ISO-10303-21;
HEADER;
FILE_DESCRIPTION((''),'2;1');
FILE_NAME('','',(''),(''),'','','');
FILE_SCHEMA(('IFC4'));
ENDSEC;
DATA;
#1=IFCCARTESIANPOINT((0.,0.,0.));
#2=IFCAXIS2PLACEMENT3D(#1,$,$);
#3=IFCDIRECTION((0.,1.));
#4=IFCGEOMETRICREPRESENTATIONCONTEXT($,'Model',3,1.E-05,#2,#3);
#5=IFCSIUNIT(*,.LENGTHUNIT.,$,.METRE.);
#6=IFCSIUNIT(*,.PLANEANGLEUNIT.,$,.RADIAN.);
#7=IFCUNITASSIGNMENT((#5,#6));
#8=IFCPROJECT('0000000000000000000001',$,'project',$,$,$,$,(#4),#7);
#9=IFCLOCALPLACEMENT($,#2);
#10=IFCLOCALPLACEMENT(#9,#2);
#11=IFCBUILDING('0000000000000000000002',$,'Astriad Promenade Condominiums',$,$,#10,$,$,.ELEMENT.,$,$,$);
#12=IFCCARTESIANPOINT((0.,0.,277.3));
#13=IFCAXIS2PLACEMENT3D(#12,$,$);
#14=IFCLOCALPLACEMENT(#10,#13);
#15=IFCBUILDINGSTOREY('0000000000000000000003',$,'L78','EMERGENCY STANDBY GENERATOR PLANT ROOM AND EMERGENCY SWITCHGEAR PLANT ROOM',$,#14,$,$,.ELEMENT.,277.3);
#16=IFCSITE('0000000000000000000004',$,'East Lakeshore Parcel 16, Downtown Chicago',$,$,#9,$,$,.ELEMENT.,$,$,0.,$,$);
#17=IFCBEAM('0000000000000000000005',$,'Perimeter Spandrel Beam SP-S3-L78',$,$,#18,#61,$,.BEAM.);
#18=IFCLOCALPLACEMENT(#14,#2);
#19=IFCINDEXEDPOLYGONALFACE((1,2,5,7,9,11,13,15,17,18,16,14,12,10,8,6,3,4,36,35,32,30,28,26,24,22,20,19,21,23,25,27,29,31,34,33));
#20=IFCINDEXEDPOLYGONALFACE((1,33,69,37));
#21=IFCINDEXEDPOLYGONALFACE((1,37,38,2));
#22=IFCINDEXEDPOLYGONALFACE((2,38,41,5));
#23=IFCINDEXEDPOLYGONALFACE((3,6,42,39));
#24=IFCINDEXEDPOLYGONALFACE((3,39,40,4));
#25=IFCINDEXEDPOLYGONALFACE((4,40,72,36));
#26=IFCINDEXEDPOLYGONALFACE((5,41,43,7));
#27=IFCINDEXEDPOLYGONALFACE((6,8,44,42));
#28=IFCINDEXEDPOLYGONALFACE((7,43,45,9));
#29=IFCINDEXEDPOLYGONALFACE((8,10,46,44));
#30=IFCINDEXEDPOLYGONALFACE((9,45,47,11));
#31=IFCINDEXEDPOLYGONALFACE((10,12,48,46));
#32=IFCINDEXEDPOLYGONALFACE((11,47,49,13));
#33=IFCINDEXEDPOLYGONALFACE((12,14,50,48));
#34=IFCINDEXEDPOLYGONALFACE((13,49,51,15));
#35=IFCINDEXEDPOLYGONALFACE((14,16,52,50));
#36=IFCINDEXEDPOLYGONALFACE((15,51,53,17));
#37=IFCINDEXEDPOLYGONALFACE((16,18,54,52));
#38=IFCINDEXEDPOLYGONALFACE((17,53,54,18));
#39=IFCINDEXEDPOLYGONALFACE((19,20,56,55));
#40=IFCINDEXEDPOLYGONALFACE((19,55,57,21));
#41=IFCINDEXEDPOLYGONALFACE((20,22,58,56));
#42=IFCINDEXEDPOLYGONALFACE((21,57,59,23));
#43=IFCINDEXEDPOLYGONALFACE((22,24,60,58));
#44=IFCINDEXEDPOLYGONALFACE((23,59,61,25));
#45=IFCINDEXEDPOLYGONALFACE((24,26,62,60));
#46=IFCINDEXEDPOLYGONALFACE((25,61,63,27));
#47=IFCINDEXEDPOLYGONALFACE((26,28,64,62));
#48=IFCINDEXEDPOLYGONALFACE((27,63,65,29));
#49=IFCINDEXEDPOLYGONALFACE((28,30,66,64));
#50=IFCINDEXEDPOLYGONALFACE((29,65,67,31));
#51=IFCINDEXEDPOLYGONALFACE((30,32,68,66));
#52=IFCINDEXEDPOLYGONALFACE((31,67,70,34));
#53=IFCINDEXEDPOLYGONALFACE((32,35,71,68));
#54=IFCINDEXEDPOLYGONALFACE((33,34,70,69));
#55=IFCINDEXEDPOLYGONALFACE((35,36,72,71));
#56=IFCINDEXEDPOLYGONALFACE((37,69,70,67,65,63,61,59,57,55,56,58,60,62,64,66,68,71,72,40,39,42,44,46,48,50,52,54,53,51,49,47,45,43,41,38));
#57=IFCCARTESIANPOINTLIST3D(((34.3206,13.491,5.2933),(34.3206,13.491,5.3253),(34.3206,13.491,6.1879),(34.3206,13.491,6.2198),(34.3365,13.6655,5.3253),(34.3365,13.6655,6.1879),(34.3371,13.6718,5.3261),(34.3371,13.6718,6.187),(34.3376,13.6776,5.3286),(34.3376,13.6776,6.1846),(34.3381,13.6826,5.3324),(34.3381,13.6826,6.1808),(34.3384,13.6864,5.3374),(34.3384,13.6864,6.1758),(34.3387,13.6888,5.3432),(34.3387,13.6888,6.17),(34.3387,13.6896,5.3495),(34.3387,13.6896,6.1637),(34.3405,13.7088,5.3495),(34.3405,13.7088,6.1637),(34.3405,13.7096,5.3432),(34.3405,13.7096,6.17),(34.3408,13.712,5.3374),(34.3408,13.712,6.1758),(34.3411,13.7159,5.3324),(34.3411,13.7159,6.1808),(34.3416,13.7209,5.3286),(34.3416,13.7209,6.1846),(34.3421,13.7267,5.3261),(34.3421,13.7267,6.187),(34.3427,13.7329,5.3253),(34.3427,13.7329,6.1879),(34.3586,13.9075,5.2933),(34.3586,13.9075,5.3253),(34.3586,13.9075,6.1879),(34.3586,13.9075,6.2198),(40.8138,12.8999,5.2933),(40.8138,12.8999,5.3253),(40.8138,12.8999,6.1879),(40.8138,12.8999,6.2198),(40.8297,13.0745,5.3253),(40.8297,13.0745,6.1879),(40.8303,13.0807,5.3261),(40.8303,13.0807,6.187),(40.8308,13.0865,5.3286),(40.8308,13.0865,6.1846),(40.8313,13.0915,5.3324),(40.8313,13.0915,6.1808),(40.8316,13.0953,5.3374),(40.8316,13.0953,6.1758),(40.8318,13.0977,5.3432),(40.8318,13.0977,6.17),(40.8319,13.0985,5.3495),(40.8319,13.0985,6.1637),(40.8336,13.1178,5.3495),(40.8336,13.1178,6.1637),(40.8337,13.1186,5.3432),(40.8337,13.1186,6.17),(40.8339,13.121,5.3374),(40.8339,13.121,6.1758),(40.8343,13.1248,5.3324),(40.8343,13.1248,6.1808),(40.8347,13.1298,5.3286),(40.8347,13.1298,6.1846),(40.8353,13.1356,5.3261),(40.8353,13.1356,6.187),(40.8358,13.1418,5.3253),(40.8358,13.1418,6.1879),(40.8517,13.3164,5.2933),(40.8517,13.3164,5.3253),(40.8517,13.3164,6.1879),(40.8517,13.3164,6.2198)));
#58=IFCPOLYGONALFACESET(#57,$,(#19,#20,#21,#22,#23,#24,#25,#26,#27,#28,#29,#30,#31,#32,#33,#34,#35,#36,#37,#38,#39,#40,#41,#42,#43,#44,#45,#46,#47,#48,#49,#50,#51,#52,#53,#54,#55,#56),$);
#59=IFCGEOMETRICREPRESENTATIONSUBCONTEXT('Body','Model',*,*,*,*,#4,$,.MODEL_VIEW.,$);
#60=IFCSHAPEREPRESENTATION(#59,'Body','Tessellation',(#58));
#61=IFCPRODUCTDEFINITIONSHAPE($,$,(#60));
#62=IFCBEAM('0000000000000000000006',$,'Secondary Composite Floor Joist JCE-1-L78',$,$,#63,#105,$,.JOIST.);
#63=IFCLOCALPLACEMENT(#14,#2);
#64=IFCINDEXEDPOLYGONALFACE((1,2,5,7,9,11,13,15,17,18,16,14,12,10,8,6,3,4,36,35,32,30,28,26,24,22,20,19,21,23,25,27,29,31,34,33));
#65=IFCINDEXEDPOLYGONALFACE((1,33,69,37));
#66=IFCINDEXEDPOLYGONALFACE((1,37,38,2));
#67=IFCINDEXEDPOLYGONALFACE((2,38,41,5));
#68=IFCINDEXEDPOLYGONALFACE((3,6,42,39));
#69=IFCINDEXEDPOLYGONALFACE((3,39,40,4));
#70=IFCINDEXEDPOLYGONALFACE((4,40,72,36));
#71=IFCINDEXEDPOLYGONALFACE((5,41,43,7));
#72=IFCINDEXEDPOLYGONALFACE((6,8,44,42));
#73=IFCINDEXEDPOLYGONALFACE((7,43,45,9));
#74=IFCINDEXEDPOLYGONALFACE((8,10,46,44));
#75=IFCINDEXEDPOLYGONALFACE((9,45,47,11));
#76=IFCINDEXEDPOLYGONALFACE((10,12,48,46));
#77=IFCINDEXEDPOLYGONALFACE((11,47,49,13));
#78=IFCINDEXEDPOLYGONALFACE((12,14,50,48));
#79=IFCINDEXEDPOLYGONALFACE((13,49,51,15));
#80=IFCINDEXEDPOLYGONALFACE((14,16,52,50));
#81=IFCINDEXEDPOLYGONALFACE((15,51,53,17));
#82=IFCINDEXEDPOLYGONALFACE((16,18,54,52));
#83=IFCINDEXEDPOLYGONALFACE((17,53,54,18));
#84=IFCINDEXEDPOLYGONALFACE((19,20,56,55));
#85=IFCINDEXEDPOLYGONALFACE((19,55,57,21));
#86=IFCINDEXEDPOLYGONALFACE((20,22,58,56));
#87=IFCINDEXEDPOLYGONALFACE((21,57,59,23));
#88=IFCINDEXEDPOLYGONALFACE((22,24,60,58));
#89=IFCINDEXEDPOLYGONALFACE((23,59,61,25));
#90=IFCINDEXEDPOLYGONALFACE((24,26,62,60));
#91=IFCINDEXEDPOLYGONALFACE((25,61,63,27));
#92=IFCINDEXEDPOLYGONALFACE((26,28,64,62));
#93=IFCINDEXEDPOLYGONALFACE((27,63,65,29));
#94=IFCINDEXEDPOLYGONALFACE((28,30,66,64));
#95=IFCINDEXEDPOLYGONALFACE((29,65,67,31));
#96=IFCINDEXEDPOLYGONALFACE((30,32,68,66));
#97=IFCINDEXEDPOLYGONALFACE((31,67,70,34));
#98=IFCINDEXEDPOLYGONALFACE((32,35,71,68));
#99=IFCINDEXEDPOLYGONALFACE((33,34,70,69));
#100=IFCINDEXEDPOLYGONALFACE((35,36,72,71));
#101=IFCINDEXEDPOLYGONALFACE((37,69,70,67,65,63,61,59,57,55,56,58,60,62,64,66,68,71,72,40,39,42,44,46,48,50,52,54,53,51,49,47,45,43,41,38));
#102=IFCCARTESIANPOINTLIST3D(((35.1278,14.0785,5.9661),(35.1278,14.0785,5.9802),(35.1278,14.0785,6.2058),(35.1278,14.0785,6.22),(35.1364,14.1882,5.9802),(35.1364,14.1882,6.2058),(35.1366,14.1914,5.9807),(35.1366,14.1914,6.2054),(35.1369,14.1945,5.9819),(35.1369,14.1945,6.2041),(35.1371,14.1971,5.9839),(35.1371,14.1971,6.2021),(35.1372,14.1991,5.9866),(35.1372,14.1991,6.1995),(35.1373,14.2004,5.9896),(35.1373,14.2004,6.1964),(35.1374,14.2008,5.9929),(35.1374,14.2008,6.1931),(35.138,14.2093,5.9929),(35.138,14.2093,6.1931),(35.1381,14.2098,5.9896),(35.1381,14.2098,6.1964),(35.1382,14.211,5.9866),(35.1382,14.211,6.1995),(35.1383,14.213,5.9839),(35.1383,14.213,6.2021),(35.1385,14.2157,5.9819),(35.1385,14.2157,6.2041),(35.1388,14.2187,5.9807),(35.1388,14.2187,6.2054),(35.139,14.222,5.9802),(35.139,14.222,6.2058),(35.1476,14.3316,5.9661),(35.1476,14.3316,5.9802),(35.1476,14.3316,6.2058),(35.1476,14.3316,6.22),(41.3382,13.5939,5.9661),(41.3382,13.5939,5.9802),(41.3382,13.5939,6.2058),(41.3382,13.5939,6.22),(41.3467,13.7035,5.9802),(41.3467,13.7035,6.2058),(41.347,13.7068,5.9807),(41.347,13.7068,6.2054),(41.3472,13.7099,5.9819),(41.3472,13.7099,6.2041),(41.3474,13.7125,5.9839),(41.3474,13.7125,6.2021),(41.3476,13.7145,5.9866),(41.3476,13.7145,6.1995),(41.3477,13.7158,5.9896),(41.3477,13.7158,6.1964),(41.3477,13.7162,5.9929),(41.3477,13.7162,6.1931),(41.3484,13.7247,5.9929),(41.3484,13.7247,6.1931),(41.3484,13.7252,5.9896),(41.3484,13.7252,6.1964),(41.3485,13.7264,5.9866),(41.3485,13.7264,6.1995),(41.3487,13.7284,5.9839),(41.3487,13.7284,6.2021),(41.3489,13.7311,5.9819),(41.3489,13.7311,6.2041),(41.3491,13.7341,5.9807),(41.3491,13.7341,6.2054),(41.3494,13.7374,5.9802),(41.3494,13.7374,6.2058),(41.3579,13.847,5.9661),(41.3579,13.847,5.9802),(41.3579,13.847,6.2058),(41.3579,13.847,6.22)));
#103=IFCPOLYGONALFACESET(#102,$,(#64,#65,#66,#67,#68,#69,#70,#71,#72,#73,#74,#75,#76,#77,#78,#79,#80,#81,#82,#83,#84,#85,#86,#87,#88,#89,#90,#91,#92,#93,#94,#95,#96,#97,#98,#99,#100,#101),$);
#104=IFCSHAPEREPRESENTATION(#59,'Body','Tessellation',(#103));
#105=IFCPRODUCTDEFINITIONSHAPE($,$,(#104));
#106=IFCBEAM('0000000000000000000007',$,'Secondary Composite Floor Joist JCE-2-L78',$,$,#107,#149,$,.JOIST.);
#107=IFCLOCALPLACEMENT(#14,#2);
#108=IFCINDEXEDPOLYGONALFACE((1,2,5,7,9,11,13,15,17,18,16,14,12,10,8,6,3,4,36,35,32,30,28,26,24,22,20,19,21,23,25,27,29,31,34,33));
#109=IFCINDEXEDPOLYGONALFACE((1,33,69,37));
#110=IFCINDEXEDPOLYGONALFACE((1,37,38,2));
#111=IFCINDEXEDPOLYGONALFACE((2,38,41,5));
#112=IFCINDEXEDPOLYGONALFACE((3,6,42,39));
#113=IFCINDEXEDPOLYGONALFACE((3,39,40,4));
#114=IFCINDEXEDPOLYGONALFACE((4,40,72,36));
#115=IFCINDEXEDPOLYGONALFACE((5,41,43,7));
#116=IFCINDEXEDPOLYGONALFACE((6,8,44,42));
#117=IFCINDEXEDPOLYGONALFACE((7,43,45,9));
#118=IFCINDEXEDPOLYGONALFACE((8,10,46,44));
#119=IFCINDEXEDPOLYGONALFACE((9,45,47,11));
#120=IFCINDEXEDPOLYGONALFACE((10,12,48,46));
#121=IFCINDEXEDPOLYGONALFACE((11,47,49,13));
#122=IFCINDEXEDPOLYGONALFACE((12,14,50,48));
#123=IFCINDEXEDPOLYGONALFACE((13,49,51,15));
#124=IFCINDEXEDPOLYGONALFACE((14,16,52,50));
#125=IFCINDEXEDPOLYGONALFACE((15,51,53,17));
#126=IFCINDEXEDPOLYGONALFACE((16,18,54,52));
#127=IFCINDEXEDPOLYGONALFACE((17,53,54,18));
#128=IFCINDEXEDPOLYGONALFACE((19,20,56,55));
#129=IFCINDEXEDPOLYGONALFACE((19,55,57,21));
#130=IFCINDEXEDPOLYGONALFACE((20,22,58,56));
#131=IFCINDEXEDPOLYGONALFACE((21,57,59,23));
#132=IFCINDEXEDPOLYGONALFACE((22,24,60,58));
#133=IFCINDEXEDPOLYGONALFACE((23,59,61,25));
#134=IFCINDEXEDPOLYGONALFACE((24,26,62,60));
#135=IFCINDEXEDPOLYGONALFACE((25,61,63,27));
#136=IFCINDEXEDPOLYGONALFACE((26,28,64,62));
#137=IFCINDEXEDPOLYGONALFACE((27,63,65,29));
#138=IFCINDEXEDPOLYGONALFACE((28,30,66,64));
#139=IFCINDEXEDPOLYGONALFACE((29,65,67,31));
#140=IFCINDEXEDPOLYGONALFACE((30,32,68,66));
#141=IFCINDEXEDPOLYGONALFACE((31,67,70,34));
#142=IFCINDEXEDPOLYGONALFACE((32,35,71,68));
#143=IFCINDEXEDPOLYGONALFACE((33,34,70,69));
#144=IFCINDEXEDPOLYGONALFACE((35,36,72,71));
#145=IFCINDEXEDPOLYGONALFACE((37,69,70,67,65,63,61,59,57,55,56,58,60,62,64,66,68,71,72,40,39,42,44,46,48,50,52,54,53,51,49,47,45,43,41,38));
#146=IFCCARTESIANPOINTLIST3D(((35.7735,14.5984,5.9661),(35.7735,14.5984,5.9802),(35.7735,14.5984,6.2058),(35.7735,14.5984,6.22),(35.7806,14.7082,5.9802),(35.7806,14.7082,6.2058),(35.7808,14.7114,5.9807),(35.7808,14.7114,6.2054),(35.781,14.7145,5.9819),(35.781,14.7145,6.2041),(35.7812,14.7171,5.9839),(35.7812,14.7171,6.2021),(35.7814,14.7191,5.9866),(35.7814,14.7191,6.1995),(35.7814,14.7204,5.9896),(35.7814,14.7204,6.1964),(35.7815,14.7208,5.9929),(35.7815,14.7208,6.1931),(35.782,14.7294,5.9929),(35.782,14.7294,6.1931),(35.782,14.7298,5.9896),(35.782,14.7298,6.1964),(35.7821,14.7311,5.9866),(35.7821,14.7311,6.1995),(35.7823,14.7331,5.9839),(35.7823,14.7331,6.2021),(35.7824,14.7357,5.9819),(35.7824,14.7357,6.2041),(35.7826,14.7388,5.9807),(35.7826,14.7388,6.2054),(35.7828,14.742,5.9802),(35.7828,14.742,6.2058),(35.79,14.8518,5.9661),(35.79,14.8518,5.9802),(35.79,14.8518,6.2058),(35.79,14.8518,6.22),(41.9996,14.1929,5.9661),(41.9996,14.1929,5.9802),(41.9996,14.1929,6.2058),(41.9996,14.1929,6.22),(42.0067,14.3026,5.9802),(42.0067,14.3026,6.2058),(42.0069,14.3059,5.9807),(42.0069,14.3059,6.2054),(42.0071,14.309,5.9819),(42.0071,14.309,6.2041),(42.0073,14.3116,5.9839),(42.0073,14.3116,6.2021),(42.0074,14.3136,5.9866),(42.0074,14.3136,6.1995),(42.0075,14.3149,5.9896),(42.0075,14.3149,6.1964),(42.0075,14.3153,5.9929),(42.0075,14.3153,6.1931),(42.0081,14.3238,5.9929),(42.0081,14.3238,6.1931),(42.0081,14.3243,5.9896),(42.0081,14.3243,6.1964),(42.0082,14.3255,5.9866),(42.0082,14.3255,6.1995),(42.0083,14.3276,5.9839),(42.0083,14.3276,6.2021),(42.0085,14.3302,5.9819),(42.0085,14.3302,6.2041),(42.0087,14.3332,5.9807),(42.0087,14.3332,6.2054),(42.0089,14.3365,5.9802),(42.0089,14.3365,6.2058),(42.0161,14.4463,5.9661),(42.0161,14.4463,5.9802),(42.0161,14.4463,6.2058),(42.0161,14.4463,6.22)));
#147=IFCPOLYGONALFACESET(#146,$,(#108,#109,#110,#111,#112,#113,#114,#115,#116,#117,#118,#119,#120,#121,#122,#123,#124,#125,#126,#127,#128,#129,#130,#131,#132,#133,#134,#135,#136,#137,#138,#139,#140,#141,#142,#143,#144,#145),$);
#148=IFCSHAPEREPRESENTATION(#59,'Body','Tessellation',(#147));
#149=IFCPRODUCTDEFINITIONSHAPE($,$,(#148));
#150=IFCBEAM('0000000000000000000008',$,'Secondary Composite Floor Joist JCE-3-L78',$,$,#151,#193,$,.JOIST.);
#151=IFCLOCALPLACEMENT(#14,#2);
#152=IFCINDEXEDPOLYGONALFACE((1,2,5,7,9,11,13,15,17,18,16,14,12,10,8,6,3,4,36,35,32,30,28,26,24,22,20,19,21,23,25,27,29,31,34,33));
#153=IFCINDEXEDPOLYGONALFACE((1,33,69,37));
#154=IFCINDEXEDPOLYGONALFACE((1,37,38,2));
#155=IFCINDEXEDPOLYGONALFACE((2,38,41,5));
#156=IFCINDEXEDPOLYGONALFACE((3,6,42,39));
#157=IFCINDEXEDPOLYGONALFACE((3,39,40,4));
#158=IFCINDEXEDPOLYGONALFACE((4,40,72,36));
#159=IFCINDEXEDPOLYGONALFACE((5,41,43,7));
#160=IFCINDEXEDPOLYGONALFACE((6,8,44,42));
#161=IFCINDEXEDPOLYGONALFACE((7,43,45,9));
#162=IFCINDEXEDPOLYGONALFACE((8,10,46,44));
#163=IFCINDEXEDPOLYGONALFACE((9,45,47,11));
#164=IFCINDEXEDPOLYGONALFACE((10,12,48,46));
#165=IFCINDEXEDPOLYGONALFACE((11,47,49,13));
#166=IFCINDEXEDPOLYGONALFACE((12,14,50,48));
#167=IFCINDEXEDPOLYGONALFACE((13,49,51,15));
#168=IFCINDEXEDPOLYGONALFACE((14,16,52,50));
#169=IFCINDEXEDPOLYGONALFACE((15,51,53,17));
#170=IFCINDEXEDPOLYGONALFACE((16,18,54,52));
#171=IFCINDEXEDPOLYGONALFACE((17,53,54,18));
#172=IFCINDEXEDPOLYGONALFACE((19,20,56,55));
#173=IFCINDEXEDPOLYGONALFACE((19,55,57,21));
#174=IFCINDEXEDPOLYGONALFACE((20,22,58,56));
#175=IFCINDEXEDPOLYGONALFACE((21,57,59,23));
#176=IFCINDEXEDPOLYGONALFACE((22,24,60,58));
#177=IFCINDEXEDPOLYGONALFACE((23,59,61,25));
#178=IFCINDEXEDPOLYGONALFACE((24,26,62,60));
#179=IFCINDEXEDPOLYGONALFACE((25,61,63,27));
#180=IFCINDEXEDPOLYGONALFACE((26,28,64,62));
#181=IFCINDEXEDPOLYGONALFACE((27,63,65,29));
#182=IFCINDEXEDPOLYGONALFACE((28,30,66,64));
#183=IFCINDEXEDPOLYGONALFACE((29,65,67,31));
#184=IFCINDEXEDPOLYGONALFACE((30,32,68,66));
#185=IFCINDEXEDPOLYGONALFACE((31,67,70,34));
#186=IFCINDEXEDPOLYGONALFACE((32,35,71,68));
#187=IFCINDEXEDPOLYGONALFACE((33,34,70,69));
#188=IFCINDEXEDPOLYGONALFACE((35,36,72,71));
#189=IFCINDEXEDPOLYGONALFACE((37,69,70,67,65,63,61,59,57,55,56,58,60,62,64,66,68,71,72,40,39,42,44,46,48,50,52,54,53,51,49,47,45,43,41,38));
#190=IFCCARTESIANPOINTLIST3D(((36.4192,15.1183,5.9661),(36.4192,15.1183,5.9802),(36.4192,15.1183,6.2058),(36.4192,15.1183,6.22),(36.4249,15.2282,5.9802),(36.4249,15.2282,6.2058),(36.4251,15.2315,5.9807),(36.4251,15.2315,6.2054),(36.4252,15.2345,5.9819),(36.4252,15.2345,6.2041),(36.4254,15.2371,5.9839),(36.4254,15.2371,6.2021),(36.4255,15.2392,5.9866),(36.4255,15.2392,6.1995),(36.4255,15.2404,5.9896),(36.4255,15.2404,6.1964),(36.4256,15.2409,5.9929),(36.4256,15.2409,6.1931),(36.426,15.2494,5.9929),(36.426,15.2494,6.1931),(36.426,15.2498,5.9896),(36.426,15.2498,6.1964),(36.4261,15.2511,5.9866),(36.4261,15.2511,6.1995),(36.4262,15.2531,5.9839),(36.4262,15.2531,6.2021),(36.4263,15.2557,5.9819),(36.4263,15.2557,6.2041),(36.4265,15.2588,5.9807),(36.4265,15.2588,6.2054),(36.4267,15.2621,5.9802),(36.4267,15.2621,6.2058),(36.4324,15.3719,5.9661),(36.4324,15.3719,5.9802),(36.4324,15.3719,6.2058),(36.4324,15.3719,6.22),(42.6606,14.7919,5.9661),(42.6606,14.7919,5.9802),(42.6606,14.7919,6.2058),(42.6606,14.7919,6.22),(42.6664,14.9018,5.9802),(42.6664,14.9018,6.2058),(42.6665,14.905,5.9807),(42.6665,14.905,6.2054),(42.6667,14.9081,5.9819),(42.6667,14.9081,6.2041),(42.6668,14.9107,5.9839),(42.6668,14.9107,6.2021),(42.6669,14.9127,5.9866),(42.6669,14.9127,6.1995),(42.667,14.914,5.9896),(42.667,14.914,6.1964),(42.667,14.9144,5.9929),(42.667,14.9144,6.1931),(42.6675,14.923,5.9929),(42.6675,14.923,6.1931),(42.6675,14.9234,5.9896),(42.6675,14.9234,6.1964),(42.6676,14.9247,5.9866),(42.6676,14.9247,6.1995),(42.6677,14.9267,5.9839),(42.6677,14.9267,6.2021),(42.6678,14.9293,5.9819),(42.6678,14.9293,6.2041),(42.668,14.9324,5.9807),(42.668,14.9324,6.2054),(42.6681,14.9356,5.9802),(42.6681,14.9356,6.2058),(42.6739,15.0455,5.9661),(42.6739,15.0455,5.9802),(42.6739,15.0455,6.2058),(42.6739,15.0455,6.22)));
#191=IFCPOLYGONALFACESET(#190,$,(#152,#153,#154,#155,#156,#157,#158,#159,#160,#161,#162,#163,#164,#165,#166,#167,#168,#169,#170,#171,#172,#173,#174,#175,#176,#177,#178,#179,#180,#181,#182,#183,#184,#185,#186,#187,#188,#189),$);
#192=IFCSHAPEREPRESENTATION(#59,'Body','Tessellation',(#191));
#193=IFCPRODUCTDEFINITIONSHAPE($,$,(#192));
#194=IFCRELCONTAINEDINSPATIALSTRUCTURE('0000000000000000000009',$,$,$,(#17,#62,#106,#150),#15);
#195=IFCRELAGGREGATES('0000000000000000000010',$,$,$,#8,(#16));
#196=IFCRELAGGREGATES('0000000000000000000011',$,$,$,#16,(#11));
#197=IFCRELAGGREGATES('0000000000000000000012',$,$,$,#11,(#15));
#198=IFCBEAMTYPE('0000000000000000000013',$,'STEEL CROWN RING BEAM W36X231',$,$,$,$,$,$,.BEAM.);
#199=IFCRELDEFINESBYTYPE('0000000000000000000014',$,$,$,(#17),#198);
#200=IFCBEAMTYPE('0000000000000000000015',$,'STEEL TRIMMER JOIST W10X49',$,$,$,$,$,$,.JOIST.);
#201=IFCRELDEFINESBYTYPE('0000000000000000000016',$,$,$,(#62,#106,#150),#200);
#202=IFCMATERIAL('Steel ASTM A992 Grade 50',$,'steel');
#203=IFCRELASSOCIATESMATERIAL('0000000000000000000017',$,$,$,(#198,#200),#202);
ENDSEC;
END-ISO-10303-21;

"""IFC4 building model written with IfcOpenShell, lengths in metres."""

from ifc_helpers import new_model, si_unit, direction, frame, origin, origin_2d, place, context, subcontext, project, spatial, i_section, extrude, source, transform, mapped, material, material_profile, profile_set, type_object, type_shapes, element, save


model = new_model("IFC4")

# Units and contexts
model_context = context("Model", 3, precision=1e-05, world=origin(), true_north=direction((0.0, 1.0)))
body_context = subcontext(model_context, "Body", "Model", "MODEL_VIEW")
ifc_project = project(units=[si_unit("LENGTHUNIT", "METRE"), si_unit("PLANEANGLEUNIT", "RADIAN")], contexts=[model_context])

# Site, building, storey
site_placement = place(None, origin())
site = spatial("IfcSite", under=ifc_project, at=site_placement, Name="East Lakeshore Parcel 16, Downtown Chicago", CompositionType="ELEMENT", RefElevation=0.0)
building_placement = place(site_placement, origin())
building = spatial("IfcBuilding", under=site, at=building_placement, Name="Astriad Promenade Condominiums", CompositionType="ELEMENT")
storey_placement = place(building_placement, frame((0.0, 0.0, 277.3)))
storey = spatial("IfcBuildingStorey", under=building, at=storey_placement, Name="L78", Description="EMERGENCY STANDBY GENERATOR PLANT ROOM AND EMERGENCY SWITCHGEAR PLANT ROOM", CompositionType="ELEMENT", Elevation=277.3)

# Shared definitions
ifc_material_1 = material(Name="Steel ASTM A992 Grade 50", Category="steel")

# Beams
ifc_material_profile_1 = material_profile(ifc_material_1, i_section(OverallWidth=0.4182, OverallDepth=0.9265, WebThickness=0.0193, FlangeThickness=0.032, FilletRadius=0.0242, at=origin_2d()), Name="W36X231")
ifc_profile_set_1 = profile_set([ifc_material_profile_1], Name="Steel ASTM A992 Grade 50")
beam_type_1 = type_object("IfcBeamType", Name="STEEL CROWN RING BEAM W36X231", PredefinedType="BEAM", material=ifc_profile_set_1)
shared_shape_1 = source(origin(), body_context, "Body", "SweptSolid", [
    extrude(i_section(OverallWidth=0.4182, OverallDepth=0.9265, WebThickness=0.0193, FlangeThickness=0.032, FilletRadius=0.0242, at=origin_2d()), origin(), (0.0, 0.0, 1.0), 6.52),
])
type_shapes(beam_type_1, [shared_shape_1])
beam_1_placement = place(storey_placement, frame((34.3396, 13.6992, 5.7566), z_axis=(0.995882, -0.090654, 0.0), x_axis=(0.090654, 0.995882, 0.0)))
element("IfcBeam", 1, at=beam_1_placement, inside=storey, type_object=beam_type_1, Name="Perimeter Spandrel Beam SP-S3-L78", PredefinedType="BEAM", context=body_context, shape_type="MappedRepresentation", body=[
    mapped(shared_shape_1, transform((0.0, 0.0, 0.0), scale=1.0)),
])
ifc_material_profile_2 = material_profile(ifc_material_1, i_section(OverallWidth=0.2539, OverallDepth=0.2539, WebThickness=0.0085, FlangeThickness=0.0142, FilletRadius=0.0127, at=origin_2d()), Name="W10X49")
ifc_profile_set_2 = profile_set([ifc_material_profile_2], Name="Steel ASTM A992 Grade 50")
beam_type_2 = type_object("IfcBeamType", Name="STEEL TRIMMER JOIST W10X49", PredefinedType="JOIST", material=ifc_profile_set_2)
shared_shape_2 = source(origin(), body_context, "Body", "SweptSolid", [
    extrude(i_section(OverallWidth=0.2539, OverallDepth=0.2539, WebThickness=0.0085, FlangeThickness=0.0142, FilletRadius=0.0127, at=origin_2d()), origin(), (0.0, 0.0, 1.0), 6.2292),
])
beam_2_placement = place(storey_placement, frame((35.1377, 14.2051, 6.093), z_axis=(0.996969, -0.077796, 0.0), x_axis=(0.077796, 0.996969, 0.0)))
element("IfcBeam", 2, at=beam_2_placement, inside=storey, type_object=beam_type_2, Name="Secondary Composite Floor Joist JCE-1-L78", PredefinedType="JOIST", context=body_context, shape_type="MappedRepresentation", body=[
    mapped(shared_shape_2, transform((0.0, 0.0, 0.0), scale=1.0)),
])
shared_shape_3 = source(origin(), body_context, "Body", "SweptSolid", [
    extrude(i_section(OverallWidth=0.2539, OverallDepth=0.2539, WebThickness=0.0085, FlangeThickness=0.0142, FilletRadius=0.0127, at=origin_2d()), origin(), (0.0, 0.0, 1.0), 6.2393),
])
beam_3_placement = place(storey_placement, frame((35.7817, 14.7251, 6.093), z_axis=(0.997886, -0.064994, 0.0), x_axis=(0.064994, 0.997886, 0.0)))
element("IfcBeam", 3, at=beam_3_placement, inside=storey, type_object=beam_type_2, Name="Secondary Composite Floor Joist JCE-2-L78", PredefinedType="JOIST", context=body_context, shape_type="MappedRepresentation", body=[
    mapped(shared_shape_3, transform((0.0, 0.0, 0.0), scale=1.0)),
])
shared_shape_4 = source(origin(), body_context, "Body", "SweptSolid", [
    extrude(i_section(OverallWidth=0.2539, OverallDepth=0.2539, WebThickness=0.0085, FlangeThickness=0.0142, FilletRadius=0.0127, at=origin_2d()), origin(), (0.0, 0.0, 1.0), 6.25),
])
beam_4_placement = place(storey_placement, frame((36.4258, 15.2451, 6.093), z_axis=(0.998635, -0.052227, 0.0), x_axis=(0.052227, 0.998635, 0.0)))
element("IfcBeam", 4, at=beam_4_placement, inside=storey, type_object=beam_type_2, Name="Secondary Composite Floor Joist JCE-3-L78", PredefinedType="JOIST", context=body_context, shape_type="MappedRepresentation", body=[
    mapped(shared_shape_4, transform((0.0, 0.0, 0.0), scale=1.0)),
])

save(model, "model.ifc")
